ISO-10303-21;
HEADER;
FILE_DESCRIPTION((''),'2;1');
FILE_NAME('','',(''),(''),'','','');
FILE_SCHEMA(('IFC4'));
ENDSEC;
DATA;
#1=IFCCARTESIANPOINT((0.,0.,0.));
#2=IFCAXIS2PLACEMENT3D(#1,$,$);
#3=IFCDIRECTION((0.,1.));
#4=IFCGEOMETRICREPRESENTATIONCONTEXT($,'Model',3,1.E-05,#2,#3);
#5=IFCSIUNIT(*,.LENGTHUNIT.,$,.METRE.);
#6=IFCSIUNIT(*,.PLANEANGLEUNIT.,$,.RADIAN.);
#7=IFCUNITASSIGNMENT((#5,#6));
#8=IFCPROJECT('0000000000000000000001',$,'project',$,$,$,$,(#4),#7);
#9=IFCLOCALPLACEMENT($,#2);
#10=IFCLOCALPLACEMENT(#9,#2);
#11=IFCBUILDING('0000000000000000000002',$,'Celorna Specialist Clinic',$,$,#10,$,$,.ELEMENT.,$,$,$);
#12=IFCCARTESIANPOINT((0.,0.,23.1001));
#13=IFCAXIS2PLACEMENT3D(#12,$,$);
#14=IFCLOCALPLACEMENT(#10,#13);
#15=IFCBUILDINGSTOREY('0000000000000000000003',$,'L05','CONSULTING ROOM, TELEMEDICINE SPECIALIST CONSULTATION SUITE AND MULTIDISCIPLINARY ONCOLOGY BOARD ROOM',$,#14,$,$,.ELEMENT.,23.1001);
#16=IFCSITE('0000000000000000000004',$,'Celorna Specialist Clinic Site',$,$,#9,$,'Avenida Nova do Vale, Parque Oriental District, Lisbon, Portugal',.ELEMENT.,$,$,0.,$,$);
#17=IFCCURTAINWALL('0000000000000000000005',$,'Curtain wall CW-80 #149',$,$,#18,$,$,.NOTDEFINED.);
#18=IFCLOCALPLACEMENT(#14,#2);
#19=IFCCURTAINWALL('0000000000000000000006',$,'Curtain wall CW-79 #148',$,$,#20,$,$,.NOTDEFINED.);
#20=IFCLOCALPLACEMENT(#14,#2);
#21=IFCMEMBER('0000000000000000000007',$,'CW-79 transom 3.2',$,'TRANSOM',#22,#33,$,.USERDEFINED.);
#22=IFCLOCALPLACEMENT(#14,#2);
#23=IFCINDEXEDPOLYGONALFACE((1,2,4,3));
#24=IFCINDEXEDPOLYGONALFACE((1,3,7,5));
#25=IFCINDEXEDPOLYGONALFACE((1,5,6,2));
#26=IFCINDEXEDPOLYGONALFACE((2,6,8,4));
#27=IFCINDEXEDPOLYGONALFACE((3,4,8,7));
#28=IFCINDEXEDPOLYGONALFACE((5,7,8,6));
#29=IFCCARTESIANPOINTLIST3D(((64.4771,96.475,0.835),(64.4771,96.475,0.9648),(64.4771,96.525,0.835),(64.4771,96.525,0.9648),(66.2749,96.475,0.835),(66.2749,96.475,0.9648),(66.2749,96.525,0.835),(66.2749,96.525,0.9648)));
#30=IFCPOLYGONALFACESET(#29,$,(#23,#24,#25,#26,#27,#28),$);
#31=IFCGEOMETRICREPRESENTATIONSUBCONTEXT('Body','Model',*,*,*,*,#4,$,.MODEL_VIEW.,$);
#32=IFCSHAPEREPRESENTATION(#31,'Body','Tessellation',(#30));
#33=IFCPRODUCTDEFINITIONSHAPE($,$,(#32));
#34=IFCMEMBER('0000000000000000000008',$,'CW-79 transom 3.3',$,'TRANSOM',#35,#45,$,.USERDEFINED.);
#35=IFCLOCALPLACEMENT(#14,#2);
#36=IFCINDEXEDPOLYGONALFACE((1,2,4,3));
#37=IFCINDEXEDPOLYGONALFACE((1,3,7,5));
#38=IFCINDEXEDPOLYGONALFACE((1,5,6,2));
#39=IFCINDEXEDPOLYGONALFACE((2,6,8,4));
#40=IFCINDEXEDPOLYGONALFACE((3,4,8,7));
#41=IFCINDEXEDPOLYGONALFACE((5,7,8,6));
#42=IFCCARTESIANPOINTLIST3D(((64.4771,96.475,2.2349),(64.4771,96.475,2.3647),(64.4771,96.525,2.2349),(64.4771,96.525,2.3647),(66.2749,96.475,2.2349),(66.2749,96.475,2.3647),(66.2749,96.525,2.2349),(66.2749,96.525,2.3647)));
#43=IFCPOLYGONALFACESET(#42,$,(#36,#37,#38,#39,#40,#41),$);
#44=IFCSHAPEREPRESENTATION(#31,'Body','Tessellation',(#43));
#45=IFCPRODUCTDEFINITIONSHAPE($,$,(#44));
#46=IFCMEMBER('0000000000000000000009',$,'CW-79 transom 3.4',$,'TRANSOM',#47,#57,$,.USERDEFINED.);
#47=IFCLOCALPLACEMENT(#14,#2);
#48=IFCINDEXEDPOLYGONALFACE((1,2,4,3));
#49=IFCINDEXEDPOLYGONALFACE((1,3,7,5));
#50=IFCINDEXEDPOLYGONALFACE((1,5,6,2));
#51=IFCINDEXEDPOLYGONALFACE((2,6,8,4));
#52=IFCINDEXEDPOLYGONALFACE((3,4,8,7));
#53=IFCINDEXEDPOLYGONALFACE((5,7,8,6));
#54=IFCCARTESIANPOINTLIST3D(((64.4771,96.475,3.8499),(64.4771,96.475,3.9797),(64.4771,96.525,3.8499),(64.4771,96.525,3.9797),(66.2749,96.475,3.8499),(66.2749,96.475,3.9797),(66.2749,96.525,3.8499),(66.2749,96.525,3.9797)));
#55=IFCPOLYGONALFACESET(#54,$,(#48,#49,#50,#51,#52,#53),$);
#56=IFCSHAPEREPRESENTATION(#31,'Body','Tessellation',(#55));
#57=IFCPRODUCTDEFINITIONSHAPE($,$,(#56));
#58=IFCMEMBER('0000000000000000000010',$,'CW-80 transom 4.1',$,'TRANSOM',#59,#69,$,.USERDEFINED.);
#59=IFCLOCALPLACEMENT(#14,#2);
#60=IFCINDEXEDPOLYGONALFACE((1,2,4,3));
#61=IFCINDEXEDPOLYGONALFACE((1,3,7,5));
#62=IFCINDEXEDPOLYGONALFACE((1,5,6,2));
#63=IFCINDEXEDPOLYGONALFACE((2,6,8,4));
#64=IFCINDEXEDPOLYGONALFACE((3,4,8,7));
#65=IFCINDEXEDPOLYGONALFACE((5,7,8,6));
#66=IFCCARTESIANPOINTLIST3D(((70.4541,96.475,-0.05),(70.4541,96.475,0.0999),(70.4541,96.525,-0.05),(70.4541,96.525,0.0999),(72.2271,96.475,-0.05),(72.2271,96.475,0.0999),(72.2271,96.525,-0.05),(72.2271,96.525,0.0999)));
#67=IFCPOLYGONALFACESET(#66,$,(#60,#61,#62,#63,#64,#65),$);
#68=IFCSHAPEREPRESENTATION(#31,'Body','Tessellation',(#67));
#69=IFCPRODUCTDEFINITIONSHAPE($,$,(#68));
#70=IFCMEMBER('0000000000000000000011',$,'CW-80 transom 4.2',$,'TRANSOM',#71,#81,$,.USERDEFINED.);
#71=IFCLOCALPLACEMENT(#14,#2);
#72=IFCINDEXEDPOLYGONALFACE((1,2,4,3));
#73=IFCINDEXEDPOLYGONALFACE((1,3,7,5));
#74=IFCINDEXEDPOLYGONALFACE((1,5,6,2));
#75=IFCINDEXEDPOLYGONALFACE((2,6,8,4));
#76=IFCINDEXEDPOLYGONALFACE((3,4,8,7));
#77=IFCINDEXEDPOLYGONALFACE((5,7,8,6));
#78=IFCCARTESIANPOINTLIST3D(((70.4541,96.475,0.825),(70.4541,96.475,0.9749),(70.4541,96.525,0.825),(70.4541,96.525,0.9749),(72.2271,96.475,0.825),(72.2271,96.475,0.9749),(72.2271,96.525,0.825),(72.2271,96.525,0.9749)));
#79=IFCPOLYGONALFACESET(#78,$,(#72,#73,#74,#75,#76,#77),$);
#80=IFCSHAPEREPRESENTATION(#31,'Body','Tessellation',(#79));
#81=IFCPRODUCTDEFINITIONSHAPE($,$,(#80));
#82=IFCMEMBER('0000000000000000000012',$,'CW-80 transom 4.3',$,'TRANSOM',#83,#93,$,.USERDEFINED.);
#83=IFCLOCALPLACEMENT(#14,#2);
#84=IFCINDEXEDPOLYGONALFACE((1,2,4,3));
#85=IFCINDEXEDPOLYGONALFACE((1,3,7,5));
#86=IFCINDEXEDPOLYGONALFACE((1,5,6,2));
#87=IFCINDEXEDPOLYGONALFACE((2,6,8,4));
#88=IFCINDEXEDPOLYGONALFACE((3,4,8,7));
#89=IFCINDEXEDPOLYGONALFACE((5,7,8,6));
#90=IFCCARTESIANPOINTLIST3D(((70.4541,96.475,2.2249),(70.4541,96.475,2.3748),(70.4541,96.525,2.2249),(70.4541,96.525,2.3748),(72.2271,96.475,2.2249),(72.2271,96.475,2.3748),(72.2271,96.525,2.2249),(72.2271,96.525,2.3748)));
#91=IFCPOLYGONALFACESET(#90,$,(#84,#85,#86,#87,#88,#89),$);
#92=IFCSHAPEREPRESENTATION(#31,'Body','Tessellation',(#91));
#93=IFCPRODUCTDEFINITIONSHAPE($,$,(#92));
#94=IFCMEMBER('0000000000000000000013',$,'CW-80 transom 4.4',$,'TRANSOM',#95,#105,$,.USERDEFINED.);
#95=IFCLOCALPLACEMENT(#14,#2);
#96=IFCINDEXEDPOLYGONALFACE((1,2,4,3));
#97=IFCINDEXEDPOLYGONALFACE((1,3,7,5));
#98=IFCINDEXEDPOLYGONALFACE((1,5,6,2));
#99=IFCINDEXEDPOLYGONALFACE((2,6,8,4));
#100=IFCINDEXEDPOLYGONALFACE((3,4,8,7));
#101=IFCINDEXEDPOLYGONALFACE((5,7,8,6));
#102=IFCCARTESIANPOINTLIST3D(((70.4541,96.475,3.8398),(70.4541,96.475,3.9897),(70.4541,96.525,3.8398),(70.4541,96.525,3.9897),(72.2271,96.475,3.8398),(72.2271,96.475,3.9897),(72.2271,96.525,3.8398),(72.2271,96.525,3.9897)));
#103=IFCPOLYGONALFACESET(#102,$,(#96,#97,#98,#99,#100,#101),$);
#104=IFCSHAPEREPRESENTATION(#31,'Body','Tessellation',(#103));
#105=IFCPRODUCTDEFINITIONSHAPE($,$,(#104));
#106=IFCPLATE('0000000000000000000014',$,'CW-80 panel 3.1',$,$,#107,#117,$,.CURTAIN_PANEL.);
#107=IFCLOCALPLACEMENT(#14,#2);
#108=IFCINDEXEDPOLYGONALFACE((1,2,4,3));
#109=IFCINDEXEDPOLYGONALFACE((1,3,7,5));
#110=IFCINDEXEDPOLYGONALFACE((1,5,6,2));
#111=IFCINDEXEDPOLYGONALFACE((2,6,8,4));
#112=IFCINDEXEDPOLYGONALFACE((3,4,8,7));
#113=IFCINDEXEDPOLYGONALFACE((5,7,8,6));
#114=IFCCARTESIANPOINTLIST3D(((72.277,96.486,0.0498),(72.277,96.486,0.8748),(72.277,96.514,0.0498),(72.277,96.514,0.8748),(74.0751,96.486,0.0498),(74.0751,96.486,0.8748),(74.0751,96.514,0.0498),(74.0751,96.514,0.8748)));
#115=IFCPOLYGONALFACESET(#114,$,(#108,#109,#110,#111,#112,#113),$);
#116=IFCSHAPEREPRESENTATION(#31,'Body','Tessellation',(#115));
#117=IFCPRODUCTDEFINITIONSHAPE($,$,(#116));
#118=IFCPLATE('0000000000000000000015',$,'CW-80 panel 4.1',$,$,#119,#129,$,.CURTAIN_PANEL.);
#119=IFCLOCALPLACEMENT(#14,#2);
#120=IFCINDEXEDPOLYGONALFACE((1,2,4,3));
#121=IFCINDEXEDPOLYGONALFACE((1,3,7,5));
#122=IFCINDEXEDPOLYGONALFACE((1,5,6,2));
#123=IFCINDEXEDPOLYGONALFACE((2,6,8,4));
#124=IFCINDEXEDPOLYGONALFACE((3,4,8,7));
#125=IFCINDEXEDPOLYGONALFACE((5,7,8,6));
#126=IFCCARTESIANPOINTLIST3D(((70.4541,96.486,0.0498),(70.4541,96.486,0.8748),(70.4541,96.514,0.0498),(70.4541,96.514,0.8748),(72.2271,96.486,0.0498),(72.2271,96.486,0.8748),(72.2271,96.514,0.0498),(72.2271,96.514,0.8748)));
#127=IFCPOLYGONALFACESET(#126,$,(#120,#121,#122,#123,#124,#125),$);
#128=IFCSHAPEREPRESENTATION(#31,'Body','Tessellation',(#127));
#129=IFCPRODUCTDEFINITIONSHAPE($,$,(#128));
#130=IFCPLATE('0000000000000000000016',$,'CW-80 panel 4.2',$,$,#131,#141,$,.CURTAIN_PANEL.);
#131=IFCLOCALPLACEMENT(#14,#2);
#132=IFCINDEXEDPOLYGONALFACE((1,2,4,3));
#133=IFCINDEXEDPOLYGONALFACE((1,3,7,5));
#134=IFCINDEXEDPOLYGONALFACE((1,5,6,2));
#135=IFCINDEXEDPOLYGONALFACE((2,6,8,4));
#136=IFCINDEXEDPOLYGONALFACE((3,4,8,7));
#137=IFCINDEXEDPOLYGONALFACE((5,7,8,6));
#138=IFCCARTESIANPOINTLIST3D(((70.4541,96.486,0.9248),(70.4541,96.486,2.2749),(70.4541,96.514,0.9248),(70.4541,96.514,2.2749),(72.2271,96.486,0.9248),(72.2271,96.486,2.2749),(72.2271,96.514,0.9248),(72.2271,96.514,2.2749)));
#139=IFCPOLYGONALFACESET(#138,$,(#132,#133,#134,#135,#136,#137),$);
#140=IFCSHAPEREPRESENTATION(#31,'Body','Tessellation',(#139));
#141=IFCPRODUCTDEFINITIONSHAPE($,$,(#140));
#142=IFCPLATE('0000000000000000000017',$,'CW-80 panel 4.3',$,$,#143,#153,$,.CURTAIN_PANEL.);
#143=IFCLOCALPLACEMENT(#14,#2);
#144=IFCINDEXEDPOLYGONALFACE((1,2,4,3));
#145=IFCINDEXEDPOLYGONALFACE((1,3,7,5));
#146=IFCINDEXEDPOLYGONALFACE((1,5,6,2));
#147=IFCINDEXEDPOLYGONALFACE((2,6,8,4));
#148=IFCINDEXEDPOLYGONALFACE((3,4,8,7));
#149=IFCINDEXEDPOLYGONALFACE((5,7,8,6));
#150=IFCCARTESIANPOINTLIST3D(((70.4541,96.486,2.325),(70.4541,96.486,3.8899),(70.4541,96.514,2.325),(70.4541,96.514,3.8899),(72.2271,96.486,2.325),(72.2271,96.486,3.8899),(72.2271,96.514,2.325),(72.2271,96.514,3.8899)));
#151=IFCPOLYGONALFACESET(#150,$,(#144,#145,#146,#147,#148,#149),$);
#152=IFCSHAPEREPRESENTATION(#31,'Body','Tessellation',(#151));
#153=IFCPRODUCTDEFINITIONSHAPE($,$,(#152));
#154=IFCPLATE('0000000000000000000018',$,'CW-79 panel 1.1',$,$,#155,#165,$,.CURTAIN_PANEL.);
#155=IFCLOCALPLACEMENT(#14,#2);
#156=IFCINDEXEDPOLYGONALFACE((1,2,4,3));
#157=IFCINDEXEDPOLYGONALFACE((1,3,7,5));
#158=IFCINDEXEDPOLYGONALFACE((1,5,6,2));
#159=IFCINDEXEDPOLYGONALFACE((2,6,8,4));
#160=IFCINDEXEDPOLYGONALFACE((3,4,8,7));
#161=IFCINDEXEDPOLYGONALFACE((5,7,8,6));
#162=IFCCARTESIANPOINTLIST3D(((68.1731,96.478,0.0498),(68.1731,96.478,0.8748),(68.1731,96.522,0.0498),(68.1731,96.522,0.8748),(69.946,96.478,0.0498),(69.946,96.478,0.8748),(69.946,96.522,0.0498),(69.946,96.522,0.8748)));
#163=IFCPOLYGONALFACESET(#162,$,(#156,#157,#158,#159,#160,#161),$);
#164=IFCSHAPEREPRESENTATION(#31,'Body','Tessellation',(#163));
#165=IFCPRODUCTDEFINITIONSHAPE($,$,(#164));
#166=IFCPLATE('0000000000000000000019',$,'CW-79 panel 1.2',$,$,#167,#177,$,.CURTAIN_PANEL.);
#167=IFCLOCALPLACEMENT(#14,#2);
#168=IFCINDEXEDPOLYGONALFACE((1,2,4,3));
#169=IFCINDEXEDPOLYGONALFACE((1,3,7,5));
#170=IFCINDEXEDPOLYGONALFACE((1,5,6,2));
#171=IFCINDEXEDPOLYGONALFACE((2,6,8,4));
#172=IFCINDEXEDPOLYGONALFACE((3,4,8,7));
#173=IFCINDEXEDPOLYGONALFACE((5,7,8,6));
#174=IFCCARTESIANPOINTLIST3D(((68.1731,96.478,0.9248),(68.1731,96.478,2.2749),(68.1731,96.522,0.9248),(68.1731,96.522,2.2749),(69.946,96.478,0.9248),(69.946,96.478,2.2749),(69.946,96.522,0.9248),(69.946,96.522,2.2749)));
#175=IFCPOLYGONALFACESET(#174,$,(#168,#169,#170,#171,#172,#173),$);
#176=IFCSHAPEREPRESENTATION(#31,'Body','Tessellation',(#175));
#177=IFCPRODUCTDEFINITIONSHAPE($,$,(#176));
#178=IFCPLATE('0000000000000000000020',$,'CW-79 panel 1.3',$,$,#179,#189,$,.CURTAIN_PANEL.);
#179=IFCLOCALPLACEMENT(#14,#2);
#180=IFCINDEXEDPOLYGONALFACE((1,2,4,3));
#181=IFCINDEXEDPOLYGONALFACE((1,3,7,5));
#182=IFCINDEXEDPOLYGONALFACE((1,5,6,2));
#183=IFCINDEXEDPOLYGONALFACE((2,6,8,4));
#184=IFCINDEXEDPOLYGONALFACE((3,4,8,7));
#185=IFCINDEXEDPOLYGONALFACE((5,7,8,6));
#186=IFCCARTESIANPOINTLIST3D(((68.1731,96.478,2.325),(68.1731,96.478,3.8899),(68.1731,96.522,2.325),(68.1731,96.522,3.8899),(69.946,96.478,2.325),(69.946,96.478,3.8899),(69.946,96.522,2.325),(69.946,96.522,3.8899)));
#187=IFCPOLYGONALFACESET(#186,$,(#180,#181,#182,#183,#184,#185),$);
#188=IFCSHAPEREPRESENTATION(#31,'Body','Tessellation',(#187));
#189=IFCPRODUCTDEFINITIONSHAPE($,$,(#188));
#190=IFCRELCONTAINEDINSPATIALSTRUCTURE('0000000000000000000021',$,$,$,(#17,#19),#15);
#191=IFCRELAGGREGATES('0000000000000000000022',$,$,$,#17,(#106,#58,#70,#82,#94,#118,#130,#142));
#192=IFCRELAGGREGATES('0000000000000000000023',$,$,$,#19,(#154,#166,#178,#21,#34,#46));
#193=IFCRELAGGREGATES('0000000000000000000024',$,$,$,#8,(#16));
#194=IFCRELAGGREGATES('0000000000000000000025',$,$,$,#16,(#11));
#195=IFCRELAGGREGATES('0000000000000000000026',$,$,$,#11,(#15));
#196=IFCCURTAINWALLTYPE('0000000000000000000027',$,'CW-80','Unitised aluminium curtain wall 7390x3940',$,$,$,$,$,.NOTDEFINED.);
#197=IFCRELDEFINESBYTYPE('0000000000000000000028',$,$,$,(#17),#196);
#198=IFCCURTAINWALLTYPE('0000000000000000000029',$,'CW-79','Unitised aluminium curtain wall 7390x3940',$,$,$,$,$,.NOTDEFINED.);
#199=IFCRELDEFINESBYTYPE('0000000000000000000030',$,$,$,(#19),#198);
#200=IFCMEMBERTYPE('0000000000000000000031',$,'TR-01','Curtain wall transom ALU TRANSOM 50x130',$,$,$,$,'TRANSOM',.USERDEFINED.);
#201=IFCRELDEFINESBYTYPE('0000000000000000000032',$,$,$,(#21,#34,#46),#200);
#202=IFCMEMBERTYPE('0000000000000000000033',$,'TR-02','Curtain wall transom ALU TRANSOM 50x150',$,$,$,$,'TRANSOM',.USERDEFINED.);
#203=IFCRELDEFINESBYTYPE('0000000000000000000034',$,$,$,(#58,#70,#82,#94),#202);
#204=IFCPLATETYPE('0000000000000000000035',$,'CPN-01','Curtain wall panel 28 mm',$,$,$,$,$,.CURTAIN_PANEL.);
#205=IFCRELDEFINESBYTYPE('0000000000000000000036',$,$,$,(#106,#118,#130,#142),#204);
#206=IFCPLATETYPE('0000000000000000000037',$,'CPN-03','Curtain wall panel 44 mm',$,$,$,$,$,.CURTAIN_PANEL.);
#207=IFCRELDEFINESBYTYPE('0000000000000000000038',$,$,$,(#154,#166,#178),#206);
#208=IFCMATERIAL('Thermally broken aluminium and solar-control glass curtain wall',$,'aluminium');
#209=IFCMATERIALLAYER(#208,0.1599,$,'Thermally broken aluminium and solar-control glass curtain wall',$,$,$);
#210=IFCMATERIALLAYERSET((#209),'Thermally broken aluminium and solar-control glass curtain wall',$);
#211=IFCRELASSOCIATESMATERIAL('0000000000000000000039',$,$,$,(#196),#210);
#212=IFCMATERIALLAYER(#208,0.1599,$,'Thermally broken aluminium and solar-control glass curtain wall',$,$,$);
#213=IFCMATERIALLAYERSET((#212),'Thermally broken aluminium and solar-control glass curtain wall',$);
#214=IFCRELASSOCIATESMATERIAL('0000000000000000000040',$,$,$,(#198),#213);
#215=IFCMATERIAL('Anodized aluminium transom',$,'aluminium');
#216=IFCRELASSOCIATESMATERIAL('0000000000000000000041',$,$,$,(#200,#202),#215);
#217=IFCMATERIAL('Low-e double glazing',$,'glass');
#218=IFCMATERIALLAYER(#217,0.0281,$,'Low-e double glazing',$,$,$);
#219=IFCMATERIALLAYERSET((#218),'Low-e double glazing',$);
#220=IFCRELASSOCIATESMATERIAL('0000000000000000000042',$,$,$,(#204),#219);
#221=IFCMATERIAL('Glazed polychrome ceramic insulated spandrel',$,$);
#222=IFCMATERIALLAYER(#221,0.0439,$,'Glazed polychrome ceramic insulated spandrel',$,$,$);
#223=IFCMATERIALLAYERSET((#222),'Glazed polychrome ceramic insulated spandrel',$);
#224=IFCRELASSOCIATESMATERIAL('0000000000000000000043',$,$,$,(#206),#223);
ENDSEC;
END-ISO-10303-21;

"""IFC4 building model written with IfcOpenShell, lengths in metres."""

from ifc_helpers import new_model, si_unit, direction, frame, origin, origin_2d, place, context, subcontext, project, spatial, rectangle, extrude, material, layer, layer_set, material_profile, profile_set, type_object, element, aggregate, save


model = new_model("IFC4")

# Units and contexts
model_context = context("Model", 3, precision=1e-05, world=origin(), true_north=direction((0.0, 1.0)))
body_context = subcontext(model_context, "Body", "Model", "MODEL_VIEW")
ifc_project = project(units=[si_unit("LENGTHUNIT", "METRE"), si_unit("PLANEANGLEUNIT", "RADIAN")], contexts=[model_context])

# Site, building, storey
site_placement = place(None, origin())
site = spatial("IfcSite", under=ifc_project, at=site_placement, Name="Celorna Specialist Clinic Site", LongName="Avenida Nova do Vale, Parque Oriental District, Lisbon, Portugal", CompositionType="ELEMENT", RefElevation=0.0)
building_placement = place(site_placement, origin())
building = spatial("IfcBuilding", under=site, at=building_placement, Name="Celorna Specialist Clinic", CompositionType="ELEMENT")
storey_placement = place(building_placement, frame((0.0, 0.0, 23.1001)))
storey = spatial("IfcBuildingStorey", under=building, at=storey_placement, Name="L05", Description="CONSULTING ROOM, TELEMEDICINE SPECIALIST CONSULTATION SUITE AND MULTIDISCIPLINARY ONCOLOGY BOARD ROOM", CompositionType="ELEMENT", Elevation=23.1001)

# Curtain walls, members
ifc_material_1 = material(Name="Thermally broken aluminium and solar-control glass curtain wall", Category="aluminium")
ifc_layer_1 = layer(ifc_material_1, 0.1599, Name="Thermally broken aluminium and solar-control glass curtain wall")
ifc_layer_set_1 = layer_set([ifc_layer_1], Name="Thermally broken aluminium and solar-control glass curtain wall")
curtain_wall_type_1 = type_object("IfcCurtainWallType", Name="CW-80", Description="Unitised aluminium curtain wall 7390x3940", PredefinedType="NOTDEFINED", material=ifc_layer_set_1)
curtain_wall_1_placement = place(storey_placement, origin())
curtain_wall_1 = element("IfcCurtainWall", 1, at=curtain_wall_1_placement, inside=storey, type_object=curtain_wall_type_1, Name="Curtain wall CW-80 #149", PredefinedType="NOTDEFINED")
ifc_layer_2 = layer(ifc_material_1, 0.1599, Name="Thermally broken aluminium and solar-control glass curtain wall")
ifc_layer_set_2 = layer_set([ifc_layer_2], Name="Thermally broken aluminium and solar-control glass curtain wall")
curtain_wall_type_2 = type_object("IfcCurtainWallType", Name="CW-79", Description="Unitised aluminium curtain wall 7390x3940", PredefinedType="NOTDEFINED", material=ifc_layer_set_2)
curtain_wall_2_placement = place(storey_placement, origin())
curtain_wall_2 = element("IfcCurtainWall", 2, at=curtain_wall_2_placement, inside=storey, type_object=curtain_wall_type_2, Name="Curtain wall CW-79 #148", PredefinedType="NOTDEFINED")
ifc_material_2 = material(Name="Anodized aluminium transom", Category="aluminium")
ifc_material_profile_1 = material_profile(ifc_material_2, rectangle(XDim=0.05, YDim=0.1299, at=origin_2d()), Name="ALU TRANSOM 50x130")
ifc_profile_set_1 = profile_set([ifc_material_profile_1], Name="Anodized aluminium transom")
member_type_1 = type_object("IfcMemberType", Name="TR-01", Description="Curtain wall transom ALU TRANSOM 50x130", ElementType="TRANSOM", PredefinedType="USERDEFINED", material=ifc_profile_set_1)
member_1_placement = place(storey_placement, frame((66.2749, 96.5, 0.8999), z_axis=(-1.0, 0.0, 0.0), x_axis=(0.0, -1.0, 0.0)))
member_1 = element("IfcMember", 3, at=member_1_placement, type_object=member_type_1, Name="CW-79 transom 3.2", ObjectType="TRANSOM", PredefinedType="USERDEFINED", context=body_context, shape_type="SweptSolid", body=[
    extrude(rectangle(XDim=0.05, YDim=0.1299, at=origin_2d()), origin(), (0.0, 0.0, 1.0), 1.7979),
])
member_2_placement = place(storey_placement, frame((66.2749, 96.5, 2.2998), z_axis=(-1.0, 0.0, 0.0), x_axis=(0.0, -1.0, 0.0)))
member_2 = element("IfcMember", 4, at=member_2_placement, type_object=member_type_1, Name="CW-79 transom 3.3", ObjectType="TRANSOM", PredefinedType="USERDEFINED", context=body_context, shape_type="SweptSolid", body=[
    extrude(rectangle(XDim=0.05, YDim=0.1299, at=origin_2d()), origin(), (0.0, 0.0, 1.0), 1.7979),
])
member_3_placement = place(storey_placement, frame((66.2749, 96.5, 3.9148), z_axis=(-1.0, 0.0, 0.0), x_axis=(0.0, -1.0, 0.0)))
member_3 = element("IfcMember", 5, at=member_3_placement, type_object=member_type_1, Name="CW-79 transom 3.4", ObjectType="TRANSOM", PredefinedType="USERDEFINED", context=body_context, shape_type="SweptSolid", body=[
    extrude(rectangle(XDim=0.05, YDim=0.1299, at=origin_2d()), origin(), (0.0, 0.0, 1.0), 1.7979),
])

# Members
ifc_material_profile_2 = material_profile(ifc_material_2, rectangle(XDim=0.05, YDim=0.1499, at=origin_2d()), Name="ALU TRANSOM 50x150")
ifc_profile_set_2 = profile_set([ifc_material_profile_2], Name="Anodized aluminium transom")
member_type_2 = type_object("IfcMemberType", Name="TR-02", Description="Curtain wall transom ALU TRANSOM 50x150", ElementType="TRANSOM", PredefinedType="USERDEFINED", material=ifc_profile_set_2)
member_4_placement = place(storey_placement, frame((72.2271, 96.5, 0.0249), z_axis=(-1.0, 0.0, 0.0), x_axis=(0.0, -1.0, 0.0)))
member_4 = element("IfcMember", 6, at=member_4_placement, type_object=member_type_2, Name="CW-80 transom 4.1", ObjectType="TRANSOM", PredefinedType="USERDEFINED", context=body_context, shape_type="SweptSolid", body=[
    extrude(rectangle(XDim=0.05, YDim=0.1499, at=origin_2d()), origin(), (0.0, 0.0, 1.0), 1.7729),
])
member_5_placement = place(storey_placement, frame((72.2271, 96.5, 0.8999), z_axis=(-1.0, 0.0, 0.0), x_axis=(0.0, -1.0, 0.0)))
member_5 = element("IfcMember", 7, at=member_5_placement, type_object=member_type_2, Name="CW-80 transom 4.2", ObjectType="TRANSOM", PredefinedType="USERDEFINED", context=body_context, shape_type="SweptSolid", body=[
    extrude(rectangle(XDim=0.05, YDim=0.1499, at=origin_2d()), origin(), (0.0, 0.0, 1.0), 1.7729),
])
member_6_placement = place(storey_placement, frame((72.2271, 96.5, 2.2998), z_axis=(-1.0, 0.0, 0.0), x_axis=(0.0, -1.0, 0.0)))
member_6 = element("IfcMember", 8, at=member_6_placement, type_object=member_type_2, Name="CW-80 transom 4.3", ObjectType="TRANSOM", PredefinedType="USERDEFINED", context=body_context, shape_type="SweptSolid", body=[
    extrude(rectangle(XDim=0.05, YDim=0.1499, at=origin_2d()), origin(), (0.0, 0.0, 1.0), 1.7729),
])
member_7_placement = place(storey_placement, frame((72.2271, 96.5, 3.9148), z_axis=(-1.0, 0.0, 0.0), x_axis=(0.0, -1.0, 0.0)))
member_7 = element("IfcMember", 9, at=member_7_placement, type_object=member_type_2, Name="CW-80 transom 4.4", ObjectType="TRANSOM", PredefinedType="USERDEFINED", context=body_context, shape_type="SweptSolid", body=[
    extrude(rectangle(XDim=0.05, YDim=0.1499, at=origin_2d()), origin(), (0.0, 0.0, 1.0), 1.7729),
])

# Plates
ifc_material_3 = material(Name="Low-e double glazing", Category="glass")
ifc_layer_3 = layer(ifc_material_3, 0.0281, Name="Low-e double glazing")
ifc_layer_set_3 = layer_set([ifc_layer_3], Name="Low-e double glazing")
plate_type_1 = type_object("IfcPlateType", Name="CPN-01", Description="Curtain wall panel 28 mm", PredefinedType="CURTAIN_PANEL", material=ifc_layer_set_3)
plate_1_placement = place(storey_placement, frame((73.176, 96.5, 0.0498), z_axis=(0.0, 0.0, 1.0), x_axis=(-1.0, 0.0, 0.0)))
plate_1 = element("IfcPlate", 10, at=plate_1_placement, type_object=plate_type_1, Name="CW-80 panel 3.1", PredefinedType="CURTAIN_PANEL", context=body_context, shape_type="SweptSolid", body=[
    extrude(rectangle(XDim=1.7981, YDim=0.0281, at=origin_2d()), origin(), (0.0, 0.0, 1.0), 0.825),
])
plate_2_placement = place(storey_placement, frame((71.3406, 96.5, 0.0498), z_axis=(0.0, 0.0, 1.0), x_axis=(-1.0, 0.0, 0.0)))
plate_2 = element("IfcPlate", 11, at=plate_2_placement, type_object=plate_type_1, Name="CW-80 panel 4.1", PredefinedType="CURTAIN_PANEL", context=body_context, shape_type="SweptSolid", body=[
    extrude(rectangle(XDim=1.7729, YDim=0.0281, at=origin_2d()), origin(), (0.0, 0.0, 1.0), 0.825),
])
plate_3_placement = place(storey_placement, frame((71.3406, 96.5, 0.9248), z_axis=(0.0, 0.0, 1.0), x_axis=(-1.0, 0.0, 0.0)))
plate_3 = element("IfcPlate", 12, at=plate_3_placement, type_object=plate_type_1, Name="CW-80 panel 4.2", PredefinedType="CURTAIN_PANEL", context=body_context, shape_type="SweptSolid", body=[
    extrude(rectangle(XDim=1.7729, YDim=0.0281, at=origin_2d()), origin(), (0.0, 0.0, 1.0), 1.3501),
])
plate_4_placement = place(storey_placement, frame((71.3406, 96.5, 2.325), z_axis=(0.0, 0.0, 1.0), x_axis=(-1.0, 0.0, 0.0)))
plate_4 = element("IfcPlate", 13, at=plate_4_placement, type_object=plate_type_1, Name="CW-80 panel 4.3", PredefinedType="CURTAIN_PANEL", context=body_context, shape_type="SweptSolid", body=[
    extrude(rectangle(XDim=1.7729, YDim=0.0281, at=origin_2d()), origin(), (0.0, 0.0, 1.0), 1.5649),
])
aggregate(curtain_wall_1, [plate_1, member_4, member_5, member_6, member_7, plate_2, plate_3, plate_4])
ifc_material_4 = material(Name="Glazed polychrome ceramic insulated spandrel")
ifc_layer_4 = layer(ifc_material_4, 0.0439, Name="Glazed polychrome ceramic insulated spandrel")
ifc_layer_set_4 = layer_set([ifc_layer_4], Name="Glazed polychrome ceramic insulated spandrel")
plate_type_2 = type_object("IfcPlateType", Name="CPN-03", Description="Curtain wall panel 44 mm", PredefinedType="CURTAIN_PANEL", material=ifc_layer_set_4)
plate_5_placement = place(storey_placement, frame((69.0596, 96.5, 0.0498), z_axis=(0.0, 0.0, 1.0), x_axis=(-1.0, 0.0, 0.0)))
plate_5 = element("IfcPlate", 14, at=plate_5_placement, type_object=plate_type_2, Name="CW-79 panel 1.1", PredefinedType="CURTAIN_PANEL", context=body_context, shape_type="SweptSolid", body=[
    extrude(rectangle(XDim=1.7729, YDim=0.0439, at=origin_2d()), origin(), (0.0, 0.0, 1.0), 0.825),
])
plate_6_placement = place(storey_placement, frame((69.0596, 96.5, 0.9248), z_axis=(0.0, 0.0, 1.0), x_axis=(-1.0, 0.0, 0.0)))
plate_6 = element("IfcPlate", 15, at=plate_6_placement, type_object=plate_type_2, Name="CW-79 panel 1.2", PredefinedType="CURTAIN_PANEL", context=body_context, shape_type="SweptSolid", body=[
    extrude(rectangle(XDim=1.7729, YDim=0.0439, at=origin_2d()), origin(), (0.0, 0.0, 1.0), 1.3501),
])
plate_7_placement = place(storey_placement, frame((69.0596, 96.5, 2.325), z_axis=(0.0, 0.0, 1.0), x_axis=(-1.0, 0.0, 0.0)))
plate_7 = element("IfcPlate", 16, at=plate_7_placement, type_object=plate_type_2, Name="CW-79 panel 1.3", PredefinedType="CURTAIN_PANEL", context=body_context, shape_type="SweptSolid", body=[
    extrude(rectangle(XDim=1.7729, YDim=0.0439, at=origin_2d()), origin(), (0.0, 0.0, 1.0), 1.5649),
])
aggregate(curtain_wall_2, [plate_5, plate_6, plate_7, member_1, member_2, member_3])

save(model, "model.ifc")
